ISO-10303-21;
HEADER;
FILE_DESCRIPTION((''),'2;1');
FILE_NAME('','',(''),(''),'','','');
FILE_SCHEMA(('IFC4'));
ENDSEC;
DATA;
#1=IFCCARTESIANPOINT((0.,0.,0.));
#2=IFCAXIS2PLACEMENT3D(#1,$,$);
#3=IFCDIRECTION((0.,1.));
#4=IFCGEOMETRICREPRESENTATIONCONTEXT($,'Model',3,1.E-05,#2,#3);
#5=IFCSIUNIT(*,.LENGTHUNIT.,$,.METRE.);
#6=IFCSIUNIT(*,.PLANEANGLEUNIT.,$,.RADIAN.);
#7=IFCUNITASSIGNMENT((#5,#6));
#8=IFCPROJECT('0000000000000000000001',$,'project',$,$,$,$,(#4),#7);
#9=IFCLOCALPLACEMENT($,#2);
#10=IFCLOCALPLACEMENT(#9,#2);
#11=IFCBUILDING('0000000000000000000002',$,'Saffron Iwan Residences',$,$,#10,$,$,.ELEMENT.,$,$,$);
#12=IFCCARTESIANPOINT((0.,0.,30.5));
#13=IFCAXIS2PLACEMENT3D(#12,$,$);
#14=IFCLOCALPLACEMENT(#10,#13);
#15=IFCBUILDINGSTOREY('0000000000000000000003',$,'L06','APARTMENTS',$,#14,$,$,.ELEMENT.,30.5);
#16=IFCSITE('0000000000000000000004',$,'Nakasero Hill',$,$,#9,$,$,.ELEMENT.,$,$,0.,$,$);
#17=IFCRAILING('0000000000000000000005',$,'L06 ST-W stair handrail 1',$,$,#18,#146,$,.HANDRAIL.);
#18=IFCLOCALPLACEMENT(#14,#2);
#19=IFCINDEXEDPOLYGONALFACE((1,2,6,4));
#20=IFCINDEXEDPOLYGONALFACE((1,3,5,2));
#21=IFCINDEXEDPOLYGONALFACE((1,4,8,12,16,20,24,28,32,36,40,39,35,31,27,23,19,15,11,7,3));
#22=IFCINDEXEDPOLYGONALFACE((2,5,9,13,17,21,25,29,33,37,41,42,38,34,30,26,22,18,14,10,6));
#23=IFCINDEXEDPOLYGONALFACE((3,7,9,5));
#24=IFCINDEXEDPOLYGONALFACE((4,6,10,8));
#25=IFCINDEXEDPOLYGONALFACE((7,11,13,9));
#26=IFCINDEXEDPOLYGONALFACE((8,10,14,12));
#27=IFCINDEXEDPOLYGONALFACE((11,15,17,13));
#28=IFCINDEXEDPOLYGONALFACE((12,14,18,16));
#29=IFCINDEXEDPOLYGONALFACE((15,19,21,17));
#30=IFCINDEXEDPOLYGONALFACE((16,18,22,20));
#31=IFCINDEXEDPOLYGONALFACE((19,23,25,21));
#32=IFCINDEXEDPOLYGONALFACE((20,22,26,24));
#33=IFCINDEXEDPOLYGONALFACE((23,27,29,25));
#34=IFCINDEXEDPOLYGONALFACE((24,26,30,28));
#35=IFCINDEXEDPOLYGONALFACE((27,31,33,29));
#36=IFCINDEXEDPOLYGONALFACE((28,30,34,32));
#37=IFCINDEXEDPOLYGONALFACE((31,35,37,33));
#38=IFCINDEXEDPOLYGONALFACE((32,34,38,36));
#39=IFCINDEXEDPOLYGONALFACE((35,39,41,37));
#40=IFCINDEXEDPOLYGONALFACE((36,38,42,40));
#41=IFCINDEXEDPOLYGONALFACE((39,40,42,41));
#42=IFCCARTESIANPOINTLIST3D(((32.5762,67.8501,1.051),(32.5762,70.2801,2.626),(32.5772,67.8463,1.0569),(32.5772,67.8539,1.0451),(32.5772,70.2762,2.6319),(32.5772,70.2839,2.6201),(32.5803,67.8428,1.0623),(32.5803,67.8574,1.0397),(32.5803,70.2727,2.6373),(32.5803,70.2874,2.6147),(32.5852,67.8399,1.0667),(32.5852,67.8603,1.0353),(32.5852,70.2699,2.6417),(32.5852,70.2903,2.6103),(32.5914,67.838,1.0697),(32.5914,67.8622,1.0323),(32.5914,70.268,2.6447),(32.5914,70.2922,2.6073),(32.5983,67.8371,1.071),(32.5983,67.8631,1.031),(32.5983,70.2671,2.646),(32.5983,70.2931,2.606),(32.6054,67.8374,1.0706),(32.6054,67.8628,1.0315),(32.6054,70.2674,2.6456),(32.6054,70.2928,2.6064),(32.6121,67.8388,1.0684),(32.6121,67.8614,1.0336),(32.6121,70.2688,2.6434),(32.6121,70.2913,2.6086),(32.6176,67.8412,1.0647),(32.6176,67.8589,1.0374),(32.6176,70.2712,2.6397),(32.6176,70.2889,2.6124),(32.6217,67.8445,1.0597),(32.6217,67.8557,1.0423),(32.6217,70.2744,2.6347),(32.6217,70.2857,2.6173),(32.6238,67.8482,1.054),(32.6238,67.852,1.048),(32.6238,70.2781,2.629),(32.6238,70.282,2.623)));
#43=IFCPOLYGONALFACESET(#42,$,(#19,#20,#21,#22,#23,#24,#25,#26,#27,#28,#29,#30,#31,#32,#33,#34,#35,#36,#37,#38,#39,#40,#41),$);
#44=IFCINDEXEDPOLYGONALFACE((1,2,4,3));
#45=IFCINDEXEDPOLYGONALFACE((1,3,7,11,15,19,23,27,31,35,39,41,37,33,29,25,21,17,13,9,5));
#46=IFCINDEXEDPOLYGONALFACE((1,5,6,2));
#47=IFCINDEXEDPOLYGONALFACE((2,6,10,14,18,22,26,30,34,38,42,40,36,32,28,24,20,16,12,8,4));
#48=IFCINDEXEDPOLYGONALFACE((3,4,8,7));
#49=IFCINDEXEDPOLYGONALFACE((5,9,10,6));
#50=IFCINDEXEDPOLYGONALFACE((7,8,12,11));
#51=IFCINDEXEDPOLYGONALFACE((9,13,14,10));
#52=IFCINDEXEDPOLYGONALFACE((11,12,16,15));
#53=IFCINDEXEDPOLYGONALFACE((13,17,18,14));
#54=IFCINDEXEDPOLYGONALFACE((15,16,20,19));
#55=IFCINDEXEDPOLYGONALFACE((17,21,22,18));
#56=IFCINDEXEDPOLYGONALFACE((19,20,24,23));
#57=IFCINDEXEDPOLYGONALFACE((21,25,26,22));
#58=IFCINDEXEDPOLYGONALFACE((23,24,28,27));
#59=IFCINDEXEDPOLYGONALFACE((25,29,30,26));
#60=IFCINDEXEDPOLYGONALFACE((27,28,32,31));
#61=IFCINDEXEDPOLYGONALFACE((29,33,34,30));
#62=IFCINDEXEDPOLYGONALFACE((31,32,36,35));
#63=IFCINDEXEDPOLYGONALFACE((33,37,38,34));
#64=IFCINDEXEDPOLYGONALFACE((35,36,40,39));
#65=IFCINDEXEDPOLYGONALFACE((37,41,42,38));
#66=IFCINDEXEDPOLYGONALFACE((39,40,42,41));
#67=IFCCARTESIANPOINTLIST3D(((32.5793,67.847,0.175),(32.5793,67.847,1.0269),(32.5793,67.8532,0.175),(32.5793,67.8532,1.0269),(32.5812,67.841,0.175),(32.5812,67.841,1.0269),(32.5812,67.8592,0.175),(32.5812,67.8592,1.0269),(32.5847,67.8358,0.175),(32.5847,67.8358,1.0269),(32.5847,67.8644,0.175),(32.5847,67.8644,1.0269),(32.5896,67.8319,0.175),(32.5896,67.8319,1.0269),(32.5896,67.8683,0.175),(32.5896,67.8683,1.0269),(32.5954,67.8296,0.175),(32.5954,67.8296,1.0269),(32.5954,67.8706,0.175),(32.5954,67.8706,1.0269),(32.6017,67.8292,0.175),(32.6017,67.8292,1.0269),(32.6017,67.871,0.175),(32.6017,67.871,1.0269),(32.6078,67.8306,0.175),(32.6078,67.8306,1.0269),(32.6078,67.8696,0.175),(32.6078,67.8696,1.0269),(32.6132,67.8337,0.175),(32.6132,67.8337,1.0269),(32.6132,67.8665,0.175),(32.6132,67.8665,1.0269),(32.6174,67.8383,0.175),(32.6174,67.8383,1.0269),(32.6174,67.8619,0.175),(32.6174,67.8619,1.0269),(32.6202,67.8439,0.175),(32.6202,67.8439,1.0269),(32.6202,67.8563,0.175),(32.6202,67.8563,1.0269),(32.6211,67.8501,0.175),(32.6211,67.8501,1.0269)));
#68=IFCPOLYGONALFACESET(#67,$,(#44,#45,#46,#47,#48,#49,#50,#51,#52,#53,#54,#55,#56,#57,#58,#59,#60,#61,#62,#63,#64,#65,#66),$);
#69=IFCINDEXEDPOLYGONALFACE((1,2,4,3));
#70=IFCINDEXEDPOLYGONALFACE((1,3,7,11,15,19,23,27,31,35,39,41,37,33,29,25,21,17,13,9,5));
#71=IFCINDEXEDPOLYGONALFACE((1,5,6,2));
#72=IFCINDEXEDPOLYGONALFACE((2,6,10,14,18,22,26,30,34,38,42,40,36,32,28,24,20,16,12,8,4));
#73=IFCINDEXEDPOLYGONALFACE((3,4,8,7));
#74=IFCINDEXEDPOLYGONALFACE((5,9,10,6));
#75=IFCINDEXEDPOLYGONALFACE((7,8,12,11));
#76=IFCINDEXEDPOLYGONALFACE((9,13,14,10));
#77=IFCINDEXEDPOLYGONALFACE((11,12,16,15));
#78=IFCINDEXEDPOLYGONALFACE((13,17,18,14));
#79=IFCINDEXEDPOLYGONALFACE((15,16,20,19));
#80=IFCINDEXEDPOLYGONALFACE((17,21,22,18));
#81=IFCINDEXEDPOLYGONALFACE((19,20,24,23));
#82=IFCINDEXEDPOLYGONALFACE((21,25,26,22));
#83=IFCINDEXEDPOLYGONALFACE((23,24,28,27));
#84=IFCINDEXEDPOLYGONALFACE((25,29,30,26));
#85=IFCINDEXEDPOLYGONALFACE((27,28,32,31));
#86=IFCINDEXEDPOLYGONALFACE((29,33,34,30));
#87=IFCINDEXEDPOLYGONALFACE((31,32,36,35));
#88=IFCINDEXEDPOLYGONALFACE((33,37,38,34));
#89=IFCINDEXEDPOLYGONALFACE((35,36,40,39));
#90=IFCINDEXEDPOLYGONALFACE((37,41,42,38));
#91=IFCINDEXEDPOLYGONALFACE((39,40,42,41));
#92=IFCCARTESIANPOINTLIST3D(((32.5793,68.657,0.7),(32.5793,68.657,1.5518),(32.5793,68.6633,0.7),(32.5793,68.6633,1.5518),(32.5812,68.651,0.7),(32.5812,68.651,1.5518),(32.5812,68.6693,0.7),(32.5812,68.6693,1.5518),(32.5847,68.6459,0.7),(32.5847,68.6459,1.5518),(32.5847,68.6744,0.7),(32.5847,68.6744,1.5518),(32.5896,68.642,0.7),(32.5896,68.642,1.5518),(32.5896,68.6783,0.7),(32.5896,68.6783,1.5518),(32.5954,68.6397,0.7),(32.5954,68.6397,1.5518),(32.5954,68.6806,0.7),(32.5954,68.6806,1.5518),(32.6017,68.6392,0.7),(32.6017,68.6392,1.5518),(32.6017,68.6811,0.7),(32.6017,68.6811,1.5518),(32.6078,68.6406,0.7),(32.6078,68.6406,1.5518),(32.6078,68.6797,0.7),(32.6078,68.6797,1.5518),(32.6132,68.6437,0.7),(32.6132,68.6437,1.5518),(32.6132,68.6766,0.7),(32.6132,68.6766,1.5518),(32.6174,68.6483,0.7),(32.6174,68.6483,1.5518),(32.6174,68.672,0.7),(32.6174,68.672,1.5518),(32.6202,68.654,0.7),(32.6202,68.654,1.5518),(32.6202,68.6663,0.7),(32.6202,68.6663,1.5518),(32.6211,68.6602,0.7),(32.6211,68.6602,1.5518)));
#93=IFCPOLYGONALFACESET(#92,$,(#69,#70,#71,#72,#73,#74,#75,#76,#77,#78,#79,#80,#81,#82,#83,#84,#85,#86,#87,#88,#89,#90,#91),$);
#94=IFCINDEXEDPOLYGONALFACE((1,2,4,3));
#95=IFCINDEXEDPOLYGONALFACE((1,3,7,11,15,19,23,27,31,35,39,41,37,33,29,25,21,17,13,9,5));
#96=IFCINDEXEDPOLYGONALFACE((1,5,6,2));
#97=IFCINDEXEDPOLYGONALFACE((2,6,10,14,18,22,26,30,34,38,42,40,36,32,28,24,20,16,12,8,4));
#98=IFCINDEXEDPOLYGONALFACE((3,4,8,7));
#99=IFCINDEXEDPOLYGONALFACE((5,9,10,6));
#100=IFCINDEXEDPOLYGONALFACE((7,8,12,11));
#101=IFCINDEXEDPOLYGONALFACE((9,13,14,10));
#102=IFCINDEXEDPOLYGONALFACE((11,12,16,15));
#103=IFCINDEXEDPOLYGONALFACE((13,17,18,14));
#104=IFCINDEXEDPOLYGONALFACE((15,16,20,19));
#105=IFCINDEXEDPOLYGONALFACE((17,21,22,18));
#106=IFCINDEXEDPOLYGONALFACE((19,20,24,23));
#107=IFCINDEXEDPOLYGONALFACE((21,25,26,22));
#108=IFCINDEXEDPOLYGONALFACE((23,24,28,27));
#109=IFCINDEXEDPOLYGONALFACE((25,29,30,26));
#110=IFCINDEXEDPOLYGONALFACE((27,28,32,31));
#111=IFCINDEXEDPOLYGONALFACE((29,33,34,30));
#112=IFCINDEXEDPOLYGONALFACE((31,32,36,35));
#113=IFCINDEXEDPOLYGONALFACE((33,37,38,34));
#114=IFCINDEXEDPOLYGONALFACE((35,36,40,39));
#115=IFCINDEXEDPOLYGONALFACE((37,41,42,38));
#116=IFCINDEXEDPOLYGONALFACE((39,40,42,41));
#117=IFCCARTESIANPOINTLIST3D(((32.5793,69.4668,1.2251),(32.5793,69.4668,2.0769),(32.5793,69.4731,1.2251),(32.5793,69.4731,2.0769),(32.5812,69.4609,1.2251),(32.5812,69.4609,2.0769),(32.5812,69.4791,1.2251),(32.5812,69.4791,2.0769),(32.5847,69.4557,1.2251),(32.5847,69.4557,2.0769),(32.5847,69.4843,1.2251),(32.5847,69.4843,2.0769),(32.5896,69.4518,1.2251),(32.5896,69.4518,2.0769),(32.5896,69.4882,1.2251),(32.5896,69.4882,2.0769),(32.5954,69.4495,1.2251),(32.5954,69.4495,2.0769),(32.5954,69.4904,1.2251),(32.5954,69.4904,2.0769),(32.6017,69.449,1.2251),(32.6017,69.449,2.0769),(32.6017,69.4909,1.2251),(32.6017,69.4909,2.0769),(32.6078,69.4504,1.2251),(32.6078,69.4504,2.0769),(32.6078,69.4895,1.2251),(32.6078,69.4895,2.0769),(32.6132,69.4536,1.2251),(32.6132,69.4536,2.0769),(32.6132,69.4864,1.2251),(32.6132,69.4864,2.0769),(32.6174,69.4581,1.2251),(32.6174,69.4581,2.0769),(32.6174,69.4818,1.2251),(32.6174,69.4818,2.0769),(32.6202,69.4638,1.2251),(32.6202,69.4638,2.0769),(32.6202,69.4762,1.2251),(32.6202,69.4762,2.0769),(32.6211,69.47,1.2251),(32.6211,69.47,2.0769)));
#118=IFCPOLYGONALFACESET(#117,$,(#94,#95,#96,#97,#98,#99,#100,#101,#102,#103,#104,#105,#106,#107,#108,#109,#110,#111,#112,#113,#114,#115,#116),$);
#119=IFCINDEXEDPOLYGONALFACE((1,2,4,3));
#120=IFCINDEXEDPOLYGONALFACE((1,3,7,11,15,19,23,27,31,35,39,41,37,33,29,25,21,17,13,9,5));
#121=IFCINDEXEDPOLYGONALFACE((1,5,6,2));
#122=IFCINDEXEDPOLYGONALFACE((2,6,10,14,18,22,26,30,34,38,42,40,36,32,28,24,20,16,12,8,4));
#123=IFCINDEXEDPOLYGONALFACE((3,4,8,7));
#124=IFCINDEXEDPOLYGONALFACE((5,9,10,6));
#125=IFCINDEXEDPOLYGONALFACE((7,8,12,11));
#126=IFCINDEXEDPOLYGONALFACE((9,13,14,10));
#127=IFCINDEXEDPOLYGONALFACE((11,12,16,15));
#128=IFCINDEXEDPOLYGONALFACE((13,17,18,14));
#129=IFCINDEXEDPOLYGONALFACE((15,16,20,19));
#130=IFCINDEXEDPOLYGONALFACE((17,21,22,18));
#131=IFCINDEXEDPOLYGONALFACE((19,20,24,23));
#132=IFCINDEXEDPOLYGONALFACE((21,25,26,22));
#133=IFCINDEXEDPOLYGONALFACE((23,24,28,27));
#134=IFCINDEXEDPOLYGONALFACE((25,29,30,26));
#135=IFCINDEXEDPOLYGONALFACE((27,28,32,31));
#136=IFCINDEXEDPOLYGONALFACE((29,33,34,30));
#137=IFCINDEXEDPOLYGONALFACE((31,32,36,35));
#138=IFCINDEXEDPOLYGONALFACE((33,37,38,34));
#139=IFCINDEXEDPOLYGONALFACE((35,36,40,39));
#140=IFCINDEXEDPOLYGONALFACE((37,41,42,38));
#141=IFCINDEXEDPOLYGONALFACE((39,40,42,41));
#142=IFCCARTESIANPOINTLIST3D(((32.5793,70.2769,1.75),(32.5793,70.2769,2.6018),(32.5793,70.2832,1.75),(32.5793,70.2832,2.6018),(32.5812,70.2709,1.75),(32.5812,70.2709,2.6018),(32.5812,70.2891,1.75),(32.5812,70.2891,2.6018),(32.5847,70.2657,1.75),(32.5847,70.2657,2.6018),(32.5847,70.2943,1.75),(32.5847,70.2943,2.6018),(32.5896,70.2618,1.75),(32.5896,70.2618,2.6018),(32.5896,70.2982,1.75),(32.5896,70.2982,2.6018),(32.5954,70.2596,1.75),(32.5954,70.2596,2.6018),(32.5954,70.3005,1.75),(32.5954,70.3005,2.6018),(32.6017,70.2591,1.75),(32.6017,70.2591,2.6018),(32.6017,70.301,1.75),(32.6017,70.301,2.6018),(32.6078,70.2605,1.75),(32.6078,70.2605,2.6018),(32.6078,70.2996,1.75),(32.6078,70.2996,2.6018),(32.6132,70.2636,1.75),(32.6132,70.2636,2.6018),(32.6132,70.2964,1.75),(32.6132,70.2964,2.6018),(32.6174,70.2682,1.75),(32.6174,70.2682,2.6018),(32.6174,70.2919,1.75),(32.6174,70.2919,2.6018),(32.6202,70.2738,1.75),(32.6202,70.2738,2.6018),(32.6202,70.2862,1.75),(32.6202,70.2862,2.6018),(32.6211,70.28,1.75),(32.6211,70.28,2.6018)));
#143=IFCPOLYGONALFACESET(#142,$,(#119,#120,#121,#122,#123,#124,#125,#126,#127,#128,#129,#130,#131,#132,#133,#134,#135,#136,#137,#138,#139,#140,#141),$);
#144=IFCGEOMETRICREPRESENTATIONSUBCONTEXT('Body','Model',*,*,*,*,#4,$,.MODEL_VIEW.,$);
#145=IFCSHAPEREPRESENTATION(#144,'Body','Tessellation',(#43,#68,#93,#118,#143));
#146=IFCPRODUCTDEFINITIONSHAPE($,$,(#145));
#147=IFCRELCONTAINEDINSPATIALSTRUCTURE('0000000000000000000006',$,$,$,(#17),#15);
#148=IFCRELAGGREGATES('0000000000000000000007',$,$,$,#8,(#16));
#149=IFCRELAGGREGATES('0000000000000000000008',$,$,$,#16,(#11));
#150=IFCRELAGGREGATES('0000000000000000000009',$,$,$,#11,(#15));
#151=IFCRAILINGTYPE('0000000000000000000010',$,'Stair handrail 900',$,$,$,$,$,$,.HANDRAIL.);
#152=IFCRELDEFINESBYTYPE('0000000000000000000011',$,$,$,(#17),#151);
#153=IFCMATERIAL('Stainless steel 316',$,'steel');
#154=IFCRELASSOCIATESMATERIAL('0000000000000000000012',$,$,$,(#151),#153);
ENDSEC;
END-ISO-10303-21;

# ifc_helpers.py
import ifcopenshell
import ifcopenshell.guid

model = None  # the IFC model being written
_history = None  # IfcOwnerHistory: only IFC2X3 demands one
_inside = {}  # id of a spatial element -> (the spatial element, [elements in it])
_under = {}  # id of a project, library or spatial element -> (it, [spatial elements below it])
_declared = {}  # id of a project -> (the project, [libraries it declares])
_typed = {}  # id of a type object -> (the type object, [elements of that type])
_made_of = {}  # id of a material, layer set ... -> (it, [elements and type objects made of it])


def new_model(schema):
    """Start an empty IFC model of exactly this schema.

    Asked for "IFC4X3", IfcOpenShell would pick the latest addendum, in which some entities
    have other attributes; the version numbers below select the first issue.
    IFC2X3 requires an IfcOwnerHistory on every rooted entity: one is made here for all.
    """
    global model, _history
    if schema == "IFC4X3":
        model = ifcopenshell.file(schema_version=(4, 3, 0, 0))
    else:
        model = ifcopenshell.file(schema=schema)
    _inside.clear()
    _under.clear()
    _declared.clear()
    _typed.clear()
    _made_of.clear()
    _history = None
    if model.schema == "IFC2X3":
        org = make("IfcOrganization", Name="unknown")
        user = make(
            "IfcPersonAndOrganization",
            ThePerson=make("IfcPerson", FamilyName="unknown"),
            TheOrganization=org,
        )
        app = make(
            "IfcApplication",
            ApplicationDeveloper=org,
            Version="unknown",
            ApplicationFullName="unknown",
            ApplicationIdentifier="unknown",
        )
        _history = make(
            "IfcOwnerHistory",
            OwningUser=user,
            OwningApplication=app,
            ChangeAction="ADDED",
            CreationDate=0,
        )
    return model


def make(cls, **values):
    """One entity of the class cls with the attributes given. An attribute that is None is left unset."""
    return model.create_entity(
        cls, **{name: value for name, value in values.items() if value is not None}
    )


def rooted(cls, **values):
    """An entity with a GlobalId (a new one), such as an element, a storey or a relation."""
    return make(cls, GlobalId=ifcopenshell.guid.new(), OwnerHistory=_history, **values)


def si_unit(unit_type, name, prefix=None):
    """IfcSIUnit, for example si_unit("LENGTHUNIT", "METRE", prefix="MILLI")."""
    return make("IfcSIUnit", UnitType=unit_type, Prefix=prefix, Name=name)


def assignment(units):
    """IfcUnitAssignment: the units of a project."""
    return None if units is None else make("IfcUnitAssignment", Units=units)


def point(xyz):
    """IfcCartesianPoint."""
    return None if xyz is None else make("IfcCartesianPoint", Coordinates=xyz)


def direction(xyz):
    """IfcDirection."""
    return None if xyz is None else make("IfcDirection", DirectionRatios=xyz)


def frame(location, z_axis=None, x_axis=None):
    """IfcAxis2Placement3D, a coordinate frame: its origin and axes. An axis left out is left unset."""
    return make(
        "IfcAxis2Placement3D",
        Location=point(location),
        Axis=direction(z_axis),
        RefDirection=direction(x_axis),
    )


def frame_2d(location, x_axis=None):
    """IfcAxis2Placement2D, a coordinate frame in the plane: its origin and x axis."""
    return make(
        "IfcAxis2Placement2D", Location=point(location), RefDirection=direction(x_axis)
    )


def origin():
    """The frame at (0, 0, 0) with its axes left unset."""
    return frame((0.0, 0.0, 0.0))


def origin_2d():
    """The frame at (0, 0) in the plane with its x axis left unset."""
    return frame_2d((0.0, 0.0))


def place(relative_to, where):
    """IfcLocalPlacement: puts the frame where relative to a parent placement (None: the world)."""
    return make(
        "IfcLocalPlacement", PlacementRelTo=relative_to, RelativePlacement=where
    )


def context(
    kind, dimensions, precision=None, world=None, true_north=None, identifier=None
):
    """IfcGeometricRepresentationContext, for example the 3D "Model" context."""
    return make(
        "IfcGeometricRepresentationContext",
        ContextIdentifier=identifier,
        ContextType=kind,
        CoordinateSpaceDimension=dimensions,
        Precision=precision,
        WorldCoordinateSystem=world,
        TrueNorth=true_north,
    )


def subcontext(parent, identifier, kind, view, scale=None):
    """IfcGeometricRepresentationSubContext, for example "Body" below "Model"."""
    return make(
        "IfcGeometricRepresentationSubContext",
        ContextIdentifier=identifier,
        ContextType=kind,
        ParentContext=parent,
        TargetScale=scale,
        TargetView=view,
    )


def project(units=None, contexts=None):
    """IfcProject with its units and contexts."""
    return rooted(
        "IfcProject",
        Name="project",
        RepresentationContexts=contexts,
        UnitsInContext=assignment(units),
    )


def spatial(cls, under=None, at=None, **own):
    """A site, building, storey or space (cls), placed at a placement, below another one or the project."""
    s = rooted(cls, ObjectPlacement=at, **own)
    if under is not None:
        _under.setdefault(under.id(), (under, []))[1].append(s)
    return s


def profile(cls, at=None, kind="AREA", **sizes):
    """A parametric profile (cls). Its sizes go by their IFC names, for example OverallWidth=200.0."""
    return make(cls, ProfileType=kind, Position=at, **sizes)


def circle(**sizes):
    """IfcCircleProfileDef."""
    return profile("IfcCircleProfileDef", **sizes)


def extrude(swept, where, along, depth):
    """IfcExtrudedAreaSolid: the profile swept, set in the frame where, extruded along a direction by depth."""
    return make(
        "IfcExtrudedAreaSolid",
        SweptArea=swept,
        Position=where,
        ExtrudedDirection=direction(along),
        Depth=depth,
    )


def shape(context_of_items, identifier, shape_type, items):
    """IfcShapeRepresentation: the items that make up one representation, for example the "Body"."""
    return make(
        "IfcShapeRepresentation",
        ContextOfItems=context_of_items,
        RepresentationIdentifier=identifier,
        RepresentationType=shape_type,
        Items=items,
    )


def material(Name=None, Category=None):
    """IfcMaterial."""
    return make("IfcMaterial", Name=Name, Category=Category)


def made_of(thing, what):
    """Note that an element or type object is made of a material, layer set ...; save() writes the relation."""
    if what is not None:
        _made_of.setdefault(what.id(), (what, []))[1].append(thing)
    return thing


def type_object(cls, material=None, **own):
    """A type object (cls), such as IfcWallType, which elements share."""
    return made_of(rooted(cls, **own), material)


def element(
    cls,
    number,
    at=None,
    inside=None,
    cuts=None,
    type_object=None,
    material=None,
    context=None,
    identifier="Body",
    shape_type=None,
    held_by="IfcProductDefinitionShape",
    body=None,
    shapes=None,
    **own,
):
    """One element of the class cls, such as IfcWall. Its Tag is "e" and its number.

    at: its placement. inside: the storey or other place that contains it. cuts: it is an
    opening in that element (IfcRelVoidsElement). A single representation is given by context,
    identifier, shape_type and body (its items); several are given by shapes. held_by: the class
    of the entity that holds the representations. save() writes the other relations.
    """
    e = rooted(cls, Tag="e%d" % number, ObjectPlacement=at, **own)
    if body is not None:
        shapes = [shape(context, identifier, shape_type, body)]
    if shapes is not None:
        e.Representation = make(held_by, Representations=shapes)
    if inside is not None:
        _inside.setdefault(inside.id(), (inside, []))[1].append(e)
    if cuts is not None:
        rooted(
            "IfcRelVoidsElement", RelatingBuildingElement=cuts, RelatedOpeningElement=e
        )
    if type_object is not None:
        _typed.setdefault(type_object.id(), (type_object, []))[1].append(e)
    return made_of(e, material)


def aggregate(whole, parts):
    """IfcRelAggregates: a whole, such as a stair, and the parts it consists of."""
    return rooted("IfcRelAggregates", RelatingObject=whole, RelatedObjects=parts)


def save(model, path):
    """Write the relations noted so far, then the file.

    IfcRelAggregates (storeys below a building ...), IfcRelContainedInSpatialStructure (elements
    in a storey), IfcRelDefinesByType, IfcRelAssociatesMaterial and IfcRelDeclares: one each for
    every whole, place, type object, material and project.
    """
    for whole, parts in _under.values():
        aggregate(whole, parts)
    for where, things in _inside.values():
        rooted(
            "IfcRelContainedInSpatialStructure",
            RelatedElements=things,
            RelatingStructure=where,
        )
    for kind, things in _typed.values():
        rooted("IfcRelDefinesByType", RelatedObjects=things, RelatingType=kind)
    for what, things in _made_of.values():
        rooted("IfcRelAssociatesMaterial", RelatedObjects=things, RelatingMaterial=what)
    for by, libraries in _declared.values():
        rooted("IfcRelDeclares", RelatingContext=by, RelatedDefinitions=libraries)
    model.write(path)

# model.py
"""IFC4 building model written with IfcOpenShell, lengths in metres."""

from ifc_helpers import new_model, si_unit, direction, frame, origin, origin_2d, place, context, subcontext, project, spatial, circle, extrude, material, type_object, element, save


model = new_model("IFC4")

# Units and contexts
model_context = context("Model", 3, precision=1e-05, world=origin(), true_north=direction((0.0, 1.0)))
body_context = subcontext(model_context, "Body", "Model", "MODEL_VIEW")
ifc_project = project(units=[si_unit("LENGTHUNIT", "METRE"), si_unit("PLANEANGLEUNIT", "RADIAN")], contexts=[model_context])

# Site, building, storey
site_placement = place(None, origin())
site = spatial("IfcSite", under=ifc_project, at=site_placement, Name="Nakasero Hill", CompositionType="ELEMENT", RefElevation=0.0)
building_placement = place(site_placement, origin())
building = spatial("IfcBuilding", under=site, at=building_placement, Name="Saffron Iwan Residences", CompositionType="ELEMENT")
storey_placement = place(building_placement, frame((0.0, 0.0, 30.5)))
storey = spatial("IfcBuildingStorey", under=building, at=storey_placement, Name="L06", Description="APARTMENTS", CompositionType="ELEMENT", Elevation=30.5)

# Railing
ifc_material_1 = material(Name="Stainless steel 316", Category="steel")
railing_type_1 = type_object("IfcRailingType", Name="Stair handrail 900", PredefinedType="HANDRAIL", material=ifc_material_1)
railing_1_placement = place(storey_placement, frame((32.6001, 67.8501, 0.175)))
element("IfcRailing", 1, at=railing_1_placement, inside=storey, type_object=railing_type_1, Name="L06 ST-W stair handrail 1", PredefinedType="HANDRAIL", context=body_context, shape_type="SweptSolid", body=[
    extrude(circle(Radius=0.0239, at=origin_2d()), frame((0.0, 0.0, 0.876), z_axis=(0.0, 0.839154, 0.543894), x_axis=(-1.0, 0.0, 0.0)), (0.0, 0.0, 1.0), 2.8958),
    extrude(circle(Radius=0.021, at=origin_2d()), origin(), (0.0, 0.0, 1.0), 0.8518),
    extrude(circle(Radius=0.021, at=origin_2d()), frame((0.0, 0.8101, 0.5249)), (0.0, 0.0, 1.0), 0.8518),
    extrude(circle(Radius=0.021, at=origin_2d()), frame((0.0, 1.6199, 1.05)), (0.0, 0.0, 1.0), 0.8518),
    extrude(circle(Radius=0.021, at=origin_2d()), frame((0.0, 2.4299, 1.575)), (0.0, 0.0, 1.0), 0.8518),
])

save(model, "model.ifc")
